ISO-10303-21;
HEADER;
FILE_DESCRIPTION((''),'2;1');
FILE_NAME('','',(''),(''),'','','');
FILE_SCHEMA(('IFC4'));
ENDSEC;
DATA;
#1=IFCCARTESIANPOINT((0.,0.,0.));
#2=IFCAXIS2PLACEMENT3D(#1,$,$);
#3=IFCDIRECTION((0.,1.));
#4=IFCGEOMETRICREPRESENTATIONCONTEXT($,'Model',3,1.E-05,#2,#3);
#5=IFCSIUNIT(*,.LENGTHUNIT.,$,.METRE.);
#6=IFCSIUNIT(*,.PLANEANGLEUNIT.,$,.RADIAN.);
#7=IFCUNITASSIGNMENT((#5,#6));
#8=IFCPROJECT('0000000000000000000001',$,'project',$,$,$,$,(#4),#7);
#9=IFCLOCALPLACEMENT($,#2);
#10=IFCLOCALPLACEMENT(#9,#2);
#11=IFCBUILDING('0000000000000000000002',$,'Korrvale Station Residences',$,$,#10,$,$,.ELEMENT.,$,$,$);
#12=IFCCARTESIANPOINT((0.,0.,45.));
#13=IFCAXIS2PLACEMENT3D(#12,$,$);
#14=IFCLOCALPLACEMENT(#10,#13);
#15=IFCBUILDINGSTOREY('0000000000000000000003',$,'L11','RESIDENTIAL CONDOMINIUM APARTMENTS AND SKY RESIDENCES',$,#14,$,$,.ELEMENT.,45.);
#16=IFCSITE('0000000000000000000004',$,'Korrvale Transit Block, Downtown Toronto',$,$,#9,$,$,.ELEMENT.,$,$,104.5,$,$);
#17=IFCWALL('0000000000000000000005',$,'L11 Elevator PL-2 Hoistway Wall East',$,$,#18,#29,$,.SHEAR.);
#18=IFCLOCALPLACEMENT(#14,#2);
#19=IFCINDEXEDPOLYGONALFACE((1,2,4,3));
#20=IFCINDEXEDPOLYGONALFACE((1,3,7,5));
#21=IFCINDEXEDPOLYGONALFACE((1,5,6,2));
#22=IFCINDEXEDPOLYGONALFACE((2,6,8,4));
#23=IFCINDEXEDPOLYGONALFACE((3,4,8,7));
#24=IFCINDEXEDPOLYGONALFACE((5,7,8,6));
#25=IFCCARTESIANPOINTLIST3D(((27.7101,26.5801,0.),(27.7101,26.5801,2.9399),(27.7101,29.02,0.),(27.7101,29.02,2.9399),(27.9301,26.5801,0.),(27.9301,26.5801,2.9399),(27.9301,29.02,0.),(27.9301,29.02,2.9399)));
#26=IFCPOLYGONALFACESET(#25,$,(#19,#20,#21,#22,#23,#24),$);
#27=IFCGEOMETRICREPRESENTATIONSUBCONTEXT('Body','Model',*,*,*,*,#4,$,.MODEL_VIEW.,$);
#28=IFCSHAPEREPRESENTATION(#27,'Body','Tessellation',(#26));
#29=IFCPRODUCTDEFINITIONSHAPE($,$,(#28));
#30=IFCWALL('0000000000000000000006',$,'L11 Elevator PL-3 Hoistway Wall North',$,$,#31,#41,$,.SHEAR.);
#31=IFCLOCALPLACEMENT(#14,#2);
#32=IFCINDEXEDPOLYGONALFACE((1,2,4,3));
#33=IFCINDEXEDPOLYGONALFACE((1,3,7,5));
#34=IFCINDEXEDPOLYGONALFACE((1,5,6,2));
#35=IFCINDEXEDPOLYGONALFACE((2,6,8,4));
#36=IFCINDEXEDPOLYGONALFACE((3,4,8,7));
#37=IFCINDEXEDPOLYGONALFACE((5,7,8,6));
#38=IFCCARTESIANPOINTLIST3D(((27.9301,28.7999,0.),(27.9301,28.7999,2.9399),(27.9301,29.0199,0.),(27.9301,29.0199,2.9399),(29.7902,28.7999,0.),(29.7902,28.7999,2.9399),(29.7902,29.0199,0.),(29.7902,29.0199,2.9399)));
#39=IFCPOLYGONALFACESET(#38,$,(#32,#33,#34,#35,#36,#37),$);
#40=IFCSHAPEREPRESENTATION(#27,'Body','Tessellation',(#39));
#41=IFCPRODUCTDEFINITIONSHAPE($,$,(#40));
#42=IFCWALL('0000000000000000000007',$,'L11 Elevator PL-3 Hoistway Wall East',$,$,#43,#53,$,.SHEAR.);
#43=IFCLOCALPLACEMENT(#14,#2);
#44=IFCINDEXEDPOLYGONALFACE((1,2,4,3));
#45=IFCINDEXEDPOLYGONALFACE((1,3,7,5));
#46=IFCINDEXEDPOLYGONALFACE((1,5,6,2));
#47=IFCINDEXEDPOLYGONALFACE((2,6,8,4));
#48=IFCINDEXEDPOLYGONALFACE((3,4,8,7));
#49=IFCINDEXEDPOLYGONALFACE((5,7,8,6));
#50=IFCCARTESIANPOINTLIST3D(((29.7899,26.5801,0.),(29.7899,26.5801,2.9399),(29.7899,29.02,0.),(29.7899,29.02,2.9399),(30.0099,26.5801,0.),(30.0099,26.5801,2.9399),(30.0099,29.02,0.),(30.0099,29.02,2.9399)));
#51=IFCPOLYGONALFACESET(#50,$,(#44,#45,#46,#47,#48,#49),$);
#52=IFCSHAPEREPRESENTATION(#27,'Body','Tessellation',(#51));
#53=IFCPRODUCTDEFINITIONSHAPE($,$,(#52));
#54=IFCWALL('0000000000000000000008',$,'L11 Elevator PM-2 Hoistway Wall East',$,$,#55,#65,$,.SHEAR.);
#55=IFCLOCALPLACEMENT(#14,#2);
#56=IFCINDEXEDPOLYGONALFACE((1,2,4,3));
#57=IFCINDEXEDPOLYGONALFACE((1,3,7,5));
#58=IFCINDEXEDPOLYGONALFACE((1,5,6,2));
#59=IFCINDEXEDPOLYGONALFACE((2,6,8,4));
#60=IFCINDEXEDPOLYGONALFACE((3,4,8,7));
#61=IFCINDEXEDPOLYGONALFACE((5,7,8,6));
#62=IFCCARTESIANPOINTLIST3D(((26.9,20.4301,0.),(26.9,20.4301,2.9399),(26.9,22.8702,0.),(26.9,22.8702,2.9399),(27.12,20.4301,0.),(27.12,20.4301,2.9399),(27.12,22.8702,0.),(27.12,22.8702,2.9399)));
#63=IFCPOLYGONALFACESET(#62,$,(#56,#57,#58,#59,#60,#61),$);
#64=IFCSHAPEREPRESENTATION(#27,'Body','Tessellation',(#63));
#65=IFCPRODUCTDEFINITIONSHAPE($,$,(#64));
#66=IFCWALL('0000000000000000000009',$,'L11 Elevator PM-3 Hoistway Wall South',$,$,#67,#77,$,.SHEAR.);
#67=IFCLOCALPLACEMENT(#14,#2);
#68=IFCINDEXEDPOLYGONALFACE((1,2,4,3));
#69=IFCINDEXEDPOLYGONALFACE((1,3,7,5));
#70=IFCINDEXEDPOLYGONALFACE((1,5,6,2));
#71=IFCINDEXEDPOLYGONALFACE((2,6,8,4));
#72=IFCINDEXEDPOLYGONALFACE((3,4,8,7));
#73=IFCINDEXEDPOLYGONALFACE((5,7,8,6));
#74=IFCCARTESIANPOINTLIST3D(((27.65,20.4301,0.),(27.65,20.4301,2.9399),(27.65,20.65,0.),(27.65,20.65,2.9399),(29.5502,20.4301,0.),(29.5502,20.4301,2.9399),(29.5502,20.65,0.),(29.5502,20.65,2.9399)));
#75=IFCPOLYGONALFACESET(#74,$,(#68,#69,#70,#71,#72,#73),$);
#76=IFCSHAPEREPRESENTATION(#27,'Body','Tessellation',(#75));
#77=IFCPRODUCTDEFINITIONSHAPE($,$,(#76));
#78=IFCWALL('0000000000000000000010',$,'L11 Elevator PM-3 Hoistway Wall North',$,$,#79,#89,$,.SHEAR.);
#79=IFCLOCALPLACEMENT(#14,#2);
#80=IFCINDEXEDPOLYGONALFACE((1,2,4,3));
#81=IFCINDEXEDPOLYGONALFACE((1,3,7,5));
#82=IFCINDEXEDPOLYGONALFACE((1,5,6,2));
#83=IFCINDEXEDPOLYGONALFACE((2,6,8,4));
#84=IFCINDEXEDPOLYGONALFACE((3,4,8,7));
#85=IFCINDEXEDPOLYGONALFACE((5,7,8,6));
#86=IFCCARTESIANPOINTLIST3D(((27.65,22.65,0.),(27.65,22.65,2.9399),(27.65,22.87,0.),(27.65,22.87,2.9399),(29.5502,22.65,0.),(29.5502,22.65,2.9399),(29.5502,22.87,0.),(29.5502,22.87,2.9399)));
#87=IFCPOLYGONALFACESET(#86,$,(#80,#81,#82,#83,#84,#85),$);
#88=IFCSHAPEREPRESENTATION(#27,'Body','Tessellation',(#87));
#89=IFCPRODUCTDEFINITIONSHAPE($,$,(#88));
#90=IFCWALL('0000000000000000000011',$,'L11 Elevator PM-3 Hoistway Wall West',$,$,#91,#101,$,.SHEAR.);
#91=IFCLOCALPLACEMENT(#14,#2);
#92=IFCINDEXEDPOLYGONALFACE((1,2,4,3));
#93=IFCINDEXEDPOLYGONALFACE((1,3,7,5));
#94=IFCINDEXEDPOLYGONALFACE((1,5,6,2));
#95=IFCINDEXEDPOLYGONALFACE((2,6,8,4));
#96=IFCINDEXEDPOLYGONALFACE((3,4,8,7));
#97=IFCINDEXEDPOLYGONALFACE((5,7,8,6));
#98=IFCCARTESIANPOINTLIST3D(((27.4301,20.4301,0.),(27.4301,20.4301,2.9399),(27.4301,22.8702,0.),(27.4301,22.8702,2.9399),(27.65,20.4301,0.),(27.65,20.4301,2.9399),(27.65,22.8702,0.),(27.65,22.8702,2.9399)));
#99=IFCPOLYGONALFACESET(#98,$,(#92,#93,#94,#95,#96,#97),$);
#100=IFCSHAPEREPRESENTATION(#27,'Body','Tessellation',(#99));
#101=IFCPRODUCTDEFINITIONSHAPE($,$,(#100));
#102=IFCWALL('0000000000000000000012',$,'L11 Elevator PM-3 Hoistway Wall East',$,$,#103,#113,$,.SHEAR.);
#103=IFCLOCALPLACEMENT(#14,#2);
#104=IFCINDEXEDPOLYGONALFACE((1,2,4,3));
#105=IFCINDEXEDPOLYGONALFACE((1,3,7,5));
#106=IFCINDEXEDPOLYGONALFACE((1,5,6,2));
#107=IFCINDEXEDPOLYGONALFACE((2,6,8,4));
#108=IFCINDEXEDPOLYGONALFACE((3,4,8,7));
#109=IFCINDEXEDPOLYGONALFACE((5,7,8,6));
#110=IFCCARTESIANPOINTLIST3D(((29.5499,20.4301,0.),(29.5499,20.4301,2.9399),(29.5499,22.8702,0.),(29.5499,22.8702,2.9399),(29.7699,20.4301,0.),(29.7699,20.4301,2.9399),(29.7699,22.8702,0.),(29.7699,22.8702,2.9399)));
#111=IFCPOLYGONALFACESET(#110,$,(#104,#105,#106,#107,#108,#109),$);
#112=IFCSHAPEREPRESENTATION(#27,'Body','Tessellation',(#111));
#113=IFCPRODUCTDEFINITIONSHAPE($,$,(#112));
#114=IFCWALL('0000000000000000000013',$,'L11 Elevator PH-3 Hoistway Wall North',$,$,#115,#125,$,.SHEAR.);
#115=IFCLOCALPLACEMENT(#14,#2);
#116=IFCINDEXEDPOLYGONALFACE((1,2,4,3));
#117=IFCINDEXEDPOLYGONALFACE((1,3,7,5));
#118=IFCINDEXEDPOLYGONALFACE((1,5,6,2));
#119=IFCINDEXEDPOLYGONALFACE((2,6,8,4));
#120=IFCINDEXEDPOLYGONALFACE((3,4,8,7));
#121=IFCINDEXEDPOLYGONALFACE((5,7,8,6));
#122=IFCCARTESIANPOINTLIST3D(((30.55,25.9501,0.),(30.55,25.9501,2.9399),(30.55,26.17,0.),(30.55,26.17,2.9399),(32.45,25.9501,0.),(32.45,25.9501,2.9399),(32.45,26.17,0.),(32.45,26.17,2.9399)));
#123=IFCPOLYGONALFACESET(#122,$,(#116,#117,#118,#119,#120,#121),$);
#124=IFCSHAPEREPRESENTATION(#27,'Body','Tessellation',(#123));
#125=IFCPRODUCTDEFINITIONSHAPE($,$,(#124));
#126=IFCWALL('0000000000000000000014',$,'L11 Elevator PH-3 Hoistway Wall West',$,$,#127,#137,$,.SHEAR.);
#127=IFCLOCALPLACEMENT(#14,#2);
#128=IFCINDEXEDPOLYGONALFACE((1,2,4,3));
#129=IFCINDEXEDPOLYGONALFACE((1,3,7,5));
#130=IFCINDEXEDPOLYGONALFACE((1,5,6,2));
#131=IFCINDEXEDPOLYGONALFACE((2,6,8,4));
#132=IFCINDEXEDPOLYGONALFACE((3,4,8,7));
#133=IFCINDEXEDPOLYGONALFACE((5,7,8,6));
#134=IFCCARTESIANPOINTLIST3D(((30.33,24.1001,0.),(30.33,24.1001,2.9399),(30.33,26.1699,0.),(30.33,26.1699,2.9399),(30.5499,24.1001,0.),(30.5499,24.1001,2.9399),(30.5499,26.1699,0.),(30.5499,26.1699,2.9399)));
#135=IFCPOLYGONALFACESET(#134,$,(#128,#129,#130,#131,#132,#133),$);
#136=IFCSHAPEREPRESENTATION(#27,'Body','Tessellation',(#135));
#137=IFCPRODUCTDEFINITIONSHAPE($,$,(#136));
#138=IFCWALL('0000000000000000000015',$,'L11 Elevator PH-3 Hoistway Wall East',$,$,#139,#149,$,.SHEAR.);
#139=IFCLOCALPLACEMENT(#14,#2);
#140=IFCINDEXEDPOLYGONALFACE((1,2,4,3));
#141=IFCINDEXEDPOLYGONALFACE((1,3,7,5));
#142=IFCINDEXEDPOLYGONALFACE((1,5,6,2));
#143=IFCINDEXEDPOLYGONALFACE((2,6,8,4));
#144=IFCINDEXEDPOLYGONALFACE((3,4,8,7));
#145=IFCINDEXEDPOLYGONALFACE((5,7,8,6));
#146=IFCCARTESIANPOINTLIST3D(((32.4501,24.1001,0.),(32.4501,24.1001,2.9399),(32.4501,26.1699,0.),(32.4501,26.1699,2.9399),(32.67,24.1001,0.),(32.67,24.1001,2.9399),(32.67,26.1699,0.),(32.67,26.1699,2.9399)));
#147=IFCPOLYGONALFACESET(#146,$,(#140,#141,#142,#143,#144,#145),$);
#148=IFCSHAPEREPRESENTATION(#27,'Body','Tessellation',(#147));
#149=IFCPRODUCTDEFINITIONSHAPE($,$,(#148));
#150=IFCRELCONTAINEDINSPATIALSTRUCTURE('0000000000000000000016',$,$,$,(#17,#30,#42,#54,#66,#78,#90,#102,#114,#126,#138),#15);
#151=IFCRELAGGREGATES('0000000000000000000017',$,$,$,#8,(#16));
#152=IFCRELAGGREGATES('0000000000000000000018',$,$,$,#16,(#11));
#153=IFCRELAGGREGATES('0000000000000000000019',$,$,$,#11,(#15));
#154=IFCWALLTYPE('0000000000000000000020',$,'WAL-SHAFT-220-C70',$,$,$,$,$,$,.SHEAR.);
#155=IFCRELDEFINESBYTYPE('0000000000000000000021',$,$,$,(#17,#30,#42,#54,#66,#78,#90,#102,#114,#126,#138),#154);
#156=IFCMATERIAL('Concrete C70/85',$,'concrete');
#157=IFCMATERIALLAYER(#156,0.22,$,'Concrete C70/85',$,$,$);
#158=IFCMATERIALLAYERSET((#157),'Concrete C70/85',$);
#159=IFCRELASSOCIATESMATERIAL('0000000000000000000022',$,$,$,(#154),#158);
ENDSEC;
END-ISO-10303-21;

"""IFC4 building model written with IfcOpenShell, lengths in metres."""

from ifc_helpers import new_model, si_unit, direction, frame, frame_2d, origin, place, context, subcontext, project, spatial, rectangle, extrude, material, layer, layer_set, type_object, element, save


model = new_model("IFC4")

# Units and contexts
model_context = context("Model", 3, precision=1e-05, world=origin(), true_north=direction((0.0, 1.0)))
body_context = subcontext(model_context, "Body", "Model", "MODEL_VIEW")
ifc_project = project(units=[si_unit("LENGTHUNIT", "METRE"), si_unit("PLANEANGLEUNIT", "RADIAN")], contexts=[model_context])

# Site, building, storey
site_placement = place(None, origin())
site = spatial("IfcSite", under=ifc_project, at=site_placement, Name="Korrvale Transit Block, Downtown Toronto", CompositionType="ELEMENT", RefElevation=104.5)
building_placement = place(site_placement, origin())
building = spatial("IfcBuilding", under=site, at=building_placement, Name="Korrvale Station Residences", CompositionType="ELEMENT")
storey_placement = place(building_placement, frame((0.0, 0.0, 45.0)))
storey = spatial("IfcBuildingStorey", under=building, at=storey_placement, Name="L11", Description="RESIDENTIAL CONDOMINIUM APARTMENTS AND SKY RESIDENCES", CompositionType="ELEMENT", Elevation=45.0)

# Shared definitions
ifc_material_1 = material(Name="Concrete C70/85", Category="concrete")

# Shared definitions
ifc_layer_1 = layer(ifc_material_1, 0.22, Name="Concrete C70/85")
ifc_layer_set_1 = layer_set([ifc_layer_1], Name="Concrete C70/85")
wall_type_1 = type_object("IfcWallType", Name="WAL-SHAFT-220-C70", PredefinedType="SHEAR", material=ifc_layer_set_1)

# Wall
for number, where, z_axis, x_axis, name in (
    (1, (27.8201, 26.5801, 0.0), (0.0, 0.0, 1.0), (0.0, 1.0, 0.0), "L11 Elevator PL-2 Hoistway Wall East"),
):
    element("IfcWall", number, at=place(storey_placement, frame(where, z_axis=z_axis, x_axis=x_axis)), inside=storey, type_object=wall_type_1, Name=name, PredefinedType="SHEAR", context=body_context, shape_type="SweptSolid", body=[
        extrude(rectangle(XDim=2.4399, YDim=0.22, at=frame_2d((1.22, 0.0))), origin(), (0.0, 0.0, 1.0), 2.9399),
    ])

# Walls
wall_1_placement = place(storey_placement, frame((27.9299, 28.9099, 0.0), z_axis=(0.0, 0.0, 1.0), x_axis=(1.0, 0.0, 0.0)))
element("IfcWall", 2, at=wall_1_placement, inside=storey, type_object=wall_type_1, Name="L11 Elevator PL-3 Hoistway Wall North", PredefinedType="SHEAR", context=body_context, shape_type="SweptSolid", body=[
    extrude(rectangle(XDim=1.8601, YDim=0.22, at=frame_2d((0.9302, 0.0))), origin(), (0.0, 0.0, 1.0), 2.9399),
])
wall_2_placement = place(storey_placement, frame((29.8999, 26.5801, 0.0), z_axis=(0.0, 0.0, 1.0), x_axis=(0.0, 1.0, 0.0)))
element("IfcWall", 3, at=wall_2_placement, inside=storey, type_object=wall_type_1, Name="L11 Elevator PL-3 Hoistway Wall East", PredefinedType="SHEAR", context=body_context, shape_type="SweptSolid", body=[
    extrude(rectangle(XDim=2.4399, YDim=0.22, at=frame_2d((1.22, 0.0))), origin(), (0.0, 0.0, 1.0), 2.9399),
])
wall_3_placement = place(storey_placement, frame((27.01, 20.4299, 0.0), z_axis=(0.0, 0.0, 1.0), x_axis=(0.0, 1.0, 0.0)))
element("IfcWall", 4, at=wall_3_placement, inside=storey, type_object=wall_type_1, Name="L11 Elevator PM-2 Hoistway Wall East", PredefinedType="SHEAR", context=body_context, shape_type="SweptSolid", body=[
    extrude(rectangle(XDim=2.4402, YDim=0.22, at=frame_2d((1.2202, 0.0))), origin(), (0.0, 0.0, 1.0), 2.9399),
])
for number, where, z_axis, x_axis, name in (
    (5, (27.6499, 20.54, 0.0), (0.0, 0.0, 1.0), (1.0, 0.0, 0.0), "L11 Elevator PM-3 Hoistway Wall South"),
    (6, (27.6499, 22.76, 0.0), (0.0, 0.0, 1.0), (1.0, 0.0, 0.0), "L11 Elevator PM-3 Hoistway Wall North"),
):
    element("IfcWall", number, at=place(storey_placement, frame(where, z_axis=z_axis, x_axis=x_axis)), inside=storey, type_object=wall_type_1, Name=name, PredefinedType="SHEAR", context=body_context, shape_type="SweptSolid", body=[
        extrude(rectangle(XDim=1.9001, YDim=0.22, at=frame_2d((0.9502, 0.0))), origin(), (0.0, 0.0, 1.0), 2.9399),
    ])
for number, where, z_axis, x_axis, name in (
    (7, (27.54, 20.4299, 0.0), (0.0, 0.0, 1.0), (0.0, 1.0, 0.0), "L11 Elevator PM-3 Hoistway Wall West"),
    (8, (29.6599, 20.4299, 0.0), (0.0, 0.0, 1.0), (0.0, 1.0, 0.0), "L11 Elevator PM-3 Hoistway Wall East"),
):
    element("IfcWall", number, at=place(storey_placement, frame(where, z_axis=z_axis, x_axis=x_axis)), inside=storey, type_object=wall_type_1, Name=name, PredefinedType="SHEAR", context=body_context, shape_type="SweptSolid", body=[
        extrude(rectangle(XDim=2.4402, YDim=0.22, at=frame_2d((1.2202, 0.0))), origin(), (0.0, 0.0, 1.0), 2.9399),
    ])
wall_4_placement = place(storey_placement, frame((30.55, 26.0601, 0.0), z_axis=(0.0, 0.0, 1.0), x_axis=(1.0, 0.0, 0.0)))
element("IfcWall", 9, at=wall_4_placement, inside=storey, type_object=wall_type_1, Name="L11 Elevator PH-3 Hoistway Wall North", PredefinedType="SHEAR", context=body_context, shape_type="SweptSolid", body=[
    extrude(rectangle(XDim=1.8999, YDim=0.22, at=frame_2d((0.95, 0.0))), origin(), (0.0, 0.0, 1.0), 2.9399),
])
for number, where, z_axis, x_axis, name in (
    (10, (30.4399, 24.1001, 0.0), (0.0, 0.0, 1.0), (0.0, 1.0, 0.0), "L11 Elevator PH-3 Hoistway Wall West"),
    (11, (32.5601, 24.1001, 0.0), (0.0, 0.0, 1.0), (0.0, 1.0, 0.0), "L11 Elevator PH-3 Hoistway Wall East"),
):
    element("IfcWall", number, at=place(storey_placement, frame(where, z_axis=z_axis, x_axis=x_axis)), inside=storey, type_object=wall_type_1, Name=name, PredefinedType="SHEAR", context=body_context, shape_type="SweptSolid", body=[
        extrude(rectangle(XDim=2.0698, YDim=0.22, at=frame_2d((1.0349, 0.0))), origin(), (0.0, 0.0, 1.0), 2.9399),
    ])

save(model, "model.ifc")
